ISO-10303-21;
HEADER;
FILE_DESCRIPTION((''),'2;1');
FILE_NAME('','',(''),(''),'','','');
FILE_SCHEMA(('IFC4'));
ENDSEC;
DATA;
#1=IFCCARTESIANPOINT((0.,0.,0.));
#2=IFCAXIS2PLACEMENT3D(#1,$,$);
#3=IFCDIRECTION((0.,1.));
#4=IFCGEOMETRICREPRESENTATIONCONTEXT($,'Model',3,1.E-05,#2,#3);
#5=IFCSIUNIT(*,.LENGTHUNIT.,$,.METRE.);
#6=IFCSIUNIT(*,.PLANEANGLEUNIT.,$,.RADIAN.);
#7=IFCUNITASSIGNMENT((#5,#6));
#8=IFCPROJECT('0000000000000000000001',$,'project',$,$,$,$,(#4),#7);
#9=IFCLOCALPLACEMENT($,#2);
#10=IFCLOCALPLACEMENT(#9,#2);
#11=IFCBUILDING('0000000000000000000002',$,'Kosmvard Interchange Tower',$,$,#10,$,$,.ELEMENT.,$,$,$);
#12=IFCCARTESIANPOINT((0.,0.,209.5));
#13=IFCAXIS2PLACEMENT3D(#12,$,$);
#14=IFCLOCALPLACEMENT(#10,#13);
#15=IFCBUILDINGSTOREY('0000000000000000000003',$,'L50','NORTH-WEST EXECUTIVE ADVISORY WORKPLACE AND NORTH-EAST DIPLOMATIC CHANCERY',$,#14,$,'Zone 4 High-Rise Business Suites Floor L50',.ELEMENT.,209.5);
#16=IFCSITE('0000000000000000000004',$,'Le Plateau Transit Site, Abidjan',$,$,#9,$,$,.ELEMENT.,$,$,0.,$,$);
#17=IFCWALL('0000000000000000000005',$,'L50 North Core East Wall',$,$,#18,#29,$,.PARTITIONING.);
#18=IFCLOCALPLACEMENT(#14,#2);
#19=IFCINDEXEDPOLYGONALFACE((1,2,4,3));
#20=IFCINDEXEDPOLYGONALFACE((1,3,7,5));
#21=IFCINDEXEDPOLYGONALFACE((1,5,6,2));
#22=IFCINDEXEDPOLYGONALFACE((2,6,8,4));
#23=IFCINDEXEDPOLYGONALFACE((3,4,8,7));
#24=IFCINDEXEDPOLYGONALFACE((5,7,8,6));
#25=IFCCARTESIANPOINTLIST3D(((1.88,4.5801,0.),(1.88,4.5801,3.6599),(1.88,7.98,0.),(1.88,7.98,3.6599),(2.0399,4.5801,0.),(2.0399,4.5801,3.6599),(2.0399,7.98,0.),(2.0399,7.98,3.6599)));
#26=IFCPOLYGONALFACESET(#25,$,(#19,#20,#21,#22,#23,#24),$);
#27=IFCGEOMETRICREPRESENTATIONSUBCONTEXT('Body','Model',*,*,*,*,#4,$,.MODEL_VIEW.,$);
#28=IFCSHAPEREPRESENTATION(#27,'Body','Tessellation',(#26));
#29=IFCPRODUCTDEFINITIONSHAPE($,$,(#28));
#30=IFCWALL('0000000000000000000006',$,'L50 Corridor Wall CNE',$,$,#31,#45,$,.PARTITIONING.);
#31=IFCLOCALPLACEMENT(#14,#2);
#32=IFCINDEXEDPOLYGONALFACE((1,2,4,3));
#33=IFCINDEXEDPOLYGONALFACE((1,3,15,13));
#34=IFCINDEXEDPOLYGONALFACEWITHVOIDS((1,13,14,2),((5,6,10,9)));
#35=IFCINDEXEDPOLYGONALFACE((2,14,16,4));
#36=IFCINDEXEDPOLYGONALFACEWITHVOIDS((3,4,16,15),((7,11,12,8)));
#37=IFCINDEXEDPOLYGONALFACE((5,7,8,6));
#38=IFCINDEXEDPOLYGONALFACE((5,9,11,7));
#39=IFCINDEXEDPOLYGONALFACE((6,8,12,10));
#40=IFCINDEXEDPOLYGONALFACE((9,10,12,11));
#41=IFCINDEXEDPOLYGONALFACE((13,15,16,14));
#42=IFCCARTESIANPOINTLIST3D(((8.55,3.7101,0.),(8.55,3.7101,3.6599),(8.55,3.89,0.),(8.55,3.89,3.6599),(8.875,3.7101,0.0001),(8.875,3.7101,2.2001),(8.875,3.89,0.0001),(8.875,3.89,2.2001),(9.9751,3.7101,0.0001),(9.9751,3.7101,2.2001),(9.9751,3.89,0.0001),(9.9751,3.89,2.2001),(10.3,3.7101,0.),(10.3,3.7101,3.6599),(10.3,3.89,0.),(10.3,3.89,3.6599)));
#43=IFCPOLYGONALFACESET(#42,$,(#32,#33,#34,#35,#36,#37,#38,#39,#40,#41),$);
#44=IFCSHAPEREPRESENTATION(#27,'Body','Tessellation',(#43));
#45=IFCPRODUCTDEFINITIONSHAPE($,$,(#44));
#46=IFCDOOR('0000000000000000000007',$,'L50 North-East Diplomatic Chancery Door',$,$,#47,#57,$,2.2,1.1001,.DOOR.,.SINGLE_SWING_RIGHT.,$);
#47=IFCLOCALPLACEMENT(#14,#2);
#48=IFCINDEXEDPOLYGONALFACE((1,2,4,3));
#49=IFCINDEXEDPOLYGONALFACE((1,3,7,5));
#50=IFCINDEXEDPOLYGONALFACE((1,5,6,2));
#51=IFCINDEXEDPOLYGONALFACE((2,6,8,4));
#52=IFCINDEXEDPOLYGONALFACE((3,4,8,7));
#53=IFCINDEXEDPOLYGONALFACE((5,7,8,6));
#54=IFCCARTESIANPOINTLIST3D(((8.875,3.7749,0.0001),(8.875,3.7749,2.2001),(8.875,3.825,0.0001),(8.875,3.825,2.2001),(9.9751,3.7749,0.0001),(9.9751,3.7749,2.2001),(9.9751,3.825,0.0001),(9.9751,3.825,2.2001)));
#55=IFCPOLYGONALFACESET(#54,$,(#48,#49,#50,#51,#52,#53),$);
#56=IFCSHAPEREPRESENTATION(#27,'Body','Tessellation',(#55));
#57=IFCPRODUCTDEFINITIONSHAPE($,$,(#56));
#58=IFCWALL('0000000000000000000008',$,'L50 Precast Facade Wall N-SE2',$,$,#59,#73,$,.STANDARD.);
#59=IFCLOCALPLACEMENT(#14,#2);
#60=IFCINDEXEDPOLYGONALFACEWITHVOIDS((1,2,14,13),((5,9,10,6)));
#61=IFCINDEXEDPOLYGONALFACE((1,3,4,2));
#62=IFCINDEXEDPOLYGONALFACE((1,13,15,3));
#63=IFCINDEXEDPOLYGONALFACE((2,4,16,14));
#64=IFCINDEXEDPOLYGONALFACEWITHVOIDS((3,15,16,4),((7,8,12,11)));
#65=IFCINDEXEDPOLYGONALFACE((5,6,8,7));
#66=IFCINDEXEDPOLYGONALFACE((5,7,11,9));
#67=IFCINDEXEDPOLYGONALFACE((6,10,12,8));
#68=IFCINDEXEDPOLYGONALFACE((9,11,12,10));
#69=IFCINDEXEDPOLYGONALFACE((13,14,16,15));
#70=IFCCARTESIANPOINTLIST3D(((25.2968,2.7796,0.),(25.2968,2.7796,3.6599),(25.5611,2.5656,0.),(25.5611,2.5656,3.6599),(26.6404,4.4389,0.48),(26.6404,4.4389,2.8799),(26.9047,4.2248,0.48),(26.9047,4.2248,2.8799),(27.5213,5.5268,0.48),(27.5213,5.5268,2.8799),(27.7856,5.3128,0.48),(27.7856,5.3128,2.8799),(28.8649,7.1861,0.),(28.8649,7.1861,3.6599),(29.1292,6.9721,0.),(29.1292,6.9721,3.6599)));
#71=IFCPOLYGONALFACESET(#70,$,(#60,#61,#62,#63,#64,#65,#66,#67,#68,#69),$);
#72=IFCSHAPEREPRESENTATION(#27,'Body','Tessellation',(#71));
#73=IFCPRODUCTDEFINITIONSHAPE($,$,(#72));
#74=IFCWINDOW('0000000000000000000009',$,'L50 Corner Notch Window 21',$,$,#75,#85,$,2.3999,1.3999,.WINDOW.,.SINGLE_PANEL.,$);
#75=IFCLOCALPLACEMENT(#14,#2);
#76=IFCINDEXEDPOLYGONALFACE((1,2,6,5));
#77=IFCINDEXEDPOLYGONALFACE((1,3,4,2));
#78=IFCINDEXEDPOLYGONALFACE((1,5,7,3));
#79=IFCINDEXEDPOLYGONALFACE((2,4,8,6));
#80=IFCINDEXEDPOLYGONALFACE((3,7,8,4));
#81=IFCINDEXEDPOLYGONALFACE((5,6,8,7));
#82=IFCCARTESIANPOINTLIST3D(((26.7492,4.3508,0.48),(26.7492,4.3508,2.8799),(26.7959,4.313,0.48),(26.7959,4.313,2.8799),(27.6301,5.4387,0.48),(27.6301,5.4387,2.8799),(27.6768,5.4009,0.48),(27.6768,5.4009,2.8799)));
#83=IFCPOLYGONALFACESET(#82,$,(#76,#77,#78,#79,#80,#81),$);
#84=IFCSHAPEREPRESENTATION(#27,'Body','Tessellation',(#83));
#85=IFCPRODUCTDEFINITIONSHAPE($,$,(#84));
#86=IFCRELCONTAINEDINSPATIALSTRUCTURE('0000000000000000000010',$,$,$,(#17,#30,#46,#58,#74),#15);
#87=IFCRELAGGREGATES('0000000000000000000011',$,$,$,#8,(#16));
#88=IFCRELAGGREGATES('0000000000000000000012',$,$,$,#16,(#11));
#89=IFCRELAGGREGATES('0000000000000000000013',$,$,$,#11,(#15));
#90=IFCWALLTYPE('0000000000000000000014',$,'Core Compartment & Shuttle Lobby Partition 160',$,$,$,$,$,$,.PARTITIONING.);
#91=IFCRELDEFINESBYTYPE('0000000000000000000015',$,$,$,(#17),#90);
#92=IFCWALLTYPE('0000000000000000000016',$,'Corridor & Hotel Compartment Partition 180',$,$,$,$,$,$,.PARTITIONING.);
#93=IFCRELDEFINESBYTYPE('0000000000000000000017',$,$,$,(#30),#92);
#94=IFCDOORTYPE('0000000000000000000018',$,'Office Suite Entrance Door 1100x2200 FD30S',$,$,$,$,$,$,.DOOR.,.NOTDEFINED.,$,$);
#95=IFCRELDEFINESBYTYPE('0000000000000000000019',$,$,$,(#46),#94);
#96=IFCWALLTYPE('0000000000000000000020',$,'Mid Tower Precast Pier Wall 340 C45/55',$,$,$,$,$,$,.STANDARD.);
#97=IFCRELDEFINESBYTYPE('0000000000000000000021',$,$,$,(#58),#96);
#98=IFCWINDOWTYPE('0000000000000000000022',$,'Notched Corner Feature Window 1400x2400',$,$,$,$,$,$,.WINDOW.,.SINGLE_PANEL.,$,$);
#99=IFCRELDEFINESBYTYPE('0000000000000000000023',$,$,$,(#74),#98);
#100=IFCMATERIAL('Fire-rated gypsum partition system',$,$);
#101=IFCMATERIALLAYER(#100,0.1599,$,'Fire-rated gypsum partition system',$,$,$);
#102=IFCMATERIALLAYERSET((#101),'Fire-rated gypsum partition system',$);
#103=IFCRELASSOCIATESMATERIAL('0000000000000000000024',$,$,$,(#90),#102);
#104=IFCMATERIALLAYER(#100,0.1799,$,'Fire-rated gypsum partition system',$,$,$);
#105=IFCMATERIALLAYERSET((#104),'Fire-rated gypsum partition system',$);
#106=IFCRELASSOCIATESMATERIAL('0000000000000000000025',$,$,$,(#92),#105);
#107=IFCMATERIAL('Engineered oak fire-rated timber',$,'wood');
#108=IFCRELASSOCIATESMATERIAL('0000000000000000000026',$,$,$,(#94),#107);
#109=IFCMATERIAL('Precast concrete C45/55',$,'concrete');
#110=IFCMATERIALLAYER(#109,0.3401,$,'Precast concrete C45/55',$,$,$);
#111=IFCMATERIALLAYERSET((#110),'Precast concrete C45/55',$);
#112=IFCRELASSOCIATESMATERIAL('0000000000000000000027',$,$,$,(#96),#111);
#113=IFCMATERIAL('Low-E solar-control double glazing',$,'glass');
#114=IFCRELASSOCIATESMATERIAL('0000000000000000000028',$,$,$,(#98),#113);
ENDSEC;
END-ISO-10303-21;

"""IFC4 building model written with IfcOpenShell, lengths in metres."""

from ifc_helpers import new_model, si_unit, direction, frame, frame_2d, origin, place, context, subcontext, project, spatial, rectangle, extrude, source, transform, mapped, material, layer, layer_set, type_object, element, fill, save


model = new_model("IFC4")

# Units and contexts
model_context = context("Model", 3, precision=1e-05, world=origin(), true_north=direction((0.0, 1.0)))
body_context = subcontext(model_context, "Body", "Model", "MODEL_VIEW")
ifc_project = project(units=[si_unit("LENGTHUNIT", "METRE"), si_unit("PLANEANGLEUNIT", "RADIAN")], contexts=[model_context])

# Site, building, storey
site_placement = place(None, origin())
site = spatial("IfcSite", under=ifc_project, at=site_placement, Name="Le Plateau Transit Site, Abidjan", CompositionType="ELEMENT", RefElevation=0.0)
building_placement = place(site_placement, origin())
building = spatial("IfcBuilding", under=site, at=building_placement, Name="Kosmvard Interchange Tower", CompositionType="ELEMENT")
storey_placement = place(building_placement, frame((0.0, 0.0, 209.5)))
storey = spatial("IfcBuildingStorey", under=building, at=storey_placement, Name="L50", Description="NORTH-WEST EXECUTIVE ADVISORY WORKPLACE AND NORTH-EAST DIPLOMATIC CHANCERY", LongName="Zone 4 High-Rise Business Suites Floor L50", CompositionType="ELEMENT", Elevation=209.5)

# Wall
ifc_material_1 = material(Name="Fire-rated gypsum partition system")
ifc_layer_1 = layer(ifc_material_1, 0.1599, Name="Fire-rated gypsum partition system")
ifc_layer_set_1 = layer_set([ifc_layer_1], Name="Fire-rated gypsum partition system")
wall_type_1 = type_object("IfcWallType", Name="Core Compartment & Shuttle Lobby Partition 160", PredefinedType="PARTITIONING", material=ifc_layer_set_1)
wall_1_placement = place(storey_placement, frame((1.96, 4.5801, 0.0), z_axis=(0.0, 0.0, 1.0), x_axis=(0.0, 1.0, 0.0)))
element("IfcWall", 1, at=wall_1_placement, inside=storey, type_object=wall_type_1, Name="L50 North Core East Wall", PredefinedType="PARTITIONING", context=body_context, shape_type="SweptSolid", body=[
    extrude(rectangle(XDim=3.3999, YDim=0.1599, at=frame_2d((1.7, 0.0))), origin(), (0.0, 0.0, 1.0), 3.6599),
])

# Wall, opening, door
ifc_layer_2 = layer(ifc_material_1, 0.1799, Name="Fire-rated gypsum partition system")
ifc_layer_set_2 = layer_set([ifc_layer_2], Name="Fire-rated gypsum partition system")
wall_type_2 = type_object("IfcWallType", Name="Corridor & Hotel Compartment Partition 180", PredefinedType="PARTITIONING", material=ifc_layer_set_2)
wall_2_placement = place(storey_placement, frame((8.55, 3.8, 0.0), z_axis=(0.0, 0.0, 1.0), x_axis=(1.0, 0.0, 0.0)))
wall_2 = element("IfcWall", 2, at=wall_2_placement, inside=storey, type_object=wall_type_2, Name="L50 Corridor Wall CNE", PredefinedType="PARTITIONING", context=body_context, shape_type="SweptSolid", body=[
    extrude(rectangle(XDim=1.75, YDim=0.1799, at=frame_2d((0.875, 0.0))), origin(), (0.0, 0.0, 1.0), 3.6599),
])
opening_1_placement = place(wall_2_placement, frame((0.325, 0.0, 0.0)))
opening_1 = element("IfcOpeningElement", 3, at=opening_1_placement, cuts=wall_2, PredefinedType="OPENING", context=body_context, shape_type="SweptSolid", body=[
    extrude(rectangle(XDim=1.1001, YDim=2.2, at=frame_2d((0.55, 1.1001))), frame((0.0, 0.1001, 0.0), z_axis=(0.0, -1.0, 0.0), x_axis=(1.0, 0.0, 0.0)), (0.0, 0.0, 1.0), 0.2),
])
ifc_material_2 = material(Name="Engineered oak fire-rated timber", Category="wood")
door_type_1 = type_object("IfcDoorType", Name="Office Suite Entrance Door 1100x2200 FD30S", OperationType="NOTDEFINED", PredefinedType="DOOR", material=ifc_material_2)
shared_shape_1 = source(origin(), body_context, "Body", "SweptSolid", [
    extrude(rectangle(XDim=1.1001, YDim=2.2, at=frame_2d((0.55, 1.1001))), frame((0.0, 0.0249, 0.0), z_axis=(0.0, -1.0, 0.0), x_axis=(1.0, 0.0, 0.0)), (0.0, 0.0, 1.0), 0.05),
])
door_1_placement = place(opening_1_placement, origin())
door_1 = element("IfcDoor", 4, at=door_1_placement, inside=storey, type_object=door_type_1, Name="L50 North-East Diplomatic Chancery Door", OperationType="SINGLE_SWING_RIGHT", OverallHeight=2.2, OverallWidth=1.1001, PredefinedType="DOOR", context=body_context, shape_type="MappedRepresentation", body=[
    mapped(shared_shape_1, transform((0.0, 0.0, 0.0), scale=1.0)),
])
fill(opening_1, door_1)

# Wall, opening, window
ifc_material_3 = material(Name="Precast concrete C45/55", Category="concrete")
ifc_layer_3 = layer(ifc_material_3, 0.3401, Name="Precast concrete C45/55")
ifc_layer_set_3 = layer_set([ifc_layer_3], Name="Precast concrete C45/55")
wall_type_3 = type_object("IfcWallType", Name="Mid Tower Precast Pier Wall 340 C45/55", PredefinedType="STANDARD", material=ifc_layer_set_3)
wall_3_placement = place(storey_placement, frame((25.429, 2.6726, 0.0), z_axis=(0.0, 0.0, 1.0), x_axis=(0.6293, 0.777163, 0.0)))
wall_3 = element("IfcWall", 5, at=wall_3_placement, inside=storey, type_object=wall_type_3, Name="L50 Precast Facade Wall N-SE2", PredefinedType="STANDARD", context=body_context, shape_type="SweptSolid", body=[
    extrude(rectangle(XDim=5.6699, YDim=0.3401, at=frame_2d((2.835, 0.0))), origin(), (0.0, 0.0, 1.0), 3.6599),
])
opening_2_placement = place(wall_3_placement, frame((2.135, 0.0, 0.48)))
opening_2 = element("IfcOpeningElement", 6, at=opening_2_placement, cuts=wall_3, PredefinedType="OPENING", context=body_context, shape_type="SweptSolid", body=[
    extrude(rectangle(XDim=1.3999, YDim=2.3999, at=frame_2d((0.7, 1.2))), frame((0.0, 0.1802, 0.0), z_axis=(0.0, -1.0, 0.0), x_axis=(1.0, 0.0, 0.0)), (0.0, 0.0, 1.0), 0.3601),
])
ifc_material_4 = material(Name="Low-E solar-control double glazing", Category="glass")
window_type_1 = type_object("IfcWindowType", Name="Notched Corner Feature Window 1400x2400", PartitioningType="SINGLE_PANEL", PredefinedType="WINDOW", material=ifc_material_4)
shared_shape_2 = source(origin(), body_context, "Body", "SweptSolid", [
    extrude(rectangle(XDim=1.3999, YDim=2.3999, at=frame_2d((0.7, 1.2))), frame((0.0, 0.03, 0.0), z_axis=(0.0, -1.0, 0.0), x_axis=(1.0, 0.0, 0.0)), (0.0, 0.0, 1.0), 0.0601),
])
window_1_placement = place(opening_2_placement, origin())
window_1 = element("IfcWindow", 7, at=window_1_placement, inside=storey, type_object=window_type_1, Name="L50 Corner Notch Window 21", OverallHeight=2.3999, OverallWidth=1.3999, PartitioningType="SINGLE_PANEL", PredefinedType="WINDOW", context=body_context, shape_type="MappedRepresentation", body=[
    mapped(shared_shape_2, transform((0.0, 0.0, 0.0), scale=1.0)),
])
fill(opening_2, window_1)

save(model, "model.ifc")
